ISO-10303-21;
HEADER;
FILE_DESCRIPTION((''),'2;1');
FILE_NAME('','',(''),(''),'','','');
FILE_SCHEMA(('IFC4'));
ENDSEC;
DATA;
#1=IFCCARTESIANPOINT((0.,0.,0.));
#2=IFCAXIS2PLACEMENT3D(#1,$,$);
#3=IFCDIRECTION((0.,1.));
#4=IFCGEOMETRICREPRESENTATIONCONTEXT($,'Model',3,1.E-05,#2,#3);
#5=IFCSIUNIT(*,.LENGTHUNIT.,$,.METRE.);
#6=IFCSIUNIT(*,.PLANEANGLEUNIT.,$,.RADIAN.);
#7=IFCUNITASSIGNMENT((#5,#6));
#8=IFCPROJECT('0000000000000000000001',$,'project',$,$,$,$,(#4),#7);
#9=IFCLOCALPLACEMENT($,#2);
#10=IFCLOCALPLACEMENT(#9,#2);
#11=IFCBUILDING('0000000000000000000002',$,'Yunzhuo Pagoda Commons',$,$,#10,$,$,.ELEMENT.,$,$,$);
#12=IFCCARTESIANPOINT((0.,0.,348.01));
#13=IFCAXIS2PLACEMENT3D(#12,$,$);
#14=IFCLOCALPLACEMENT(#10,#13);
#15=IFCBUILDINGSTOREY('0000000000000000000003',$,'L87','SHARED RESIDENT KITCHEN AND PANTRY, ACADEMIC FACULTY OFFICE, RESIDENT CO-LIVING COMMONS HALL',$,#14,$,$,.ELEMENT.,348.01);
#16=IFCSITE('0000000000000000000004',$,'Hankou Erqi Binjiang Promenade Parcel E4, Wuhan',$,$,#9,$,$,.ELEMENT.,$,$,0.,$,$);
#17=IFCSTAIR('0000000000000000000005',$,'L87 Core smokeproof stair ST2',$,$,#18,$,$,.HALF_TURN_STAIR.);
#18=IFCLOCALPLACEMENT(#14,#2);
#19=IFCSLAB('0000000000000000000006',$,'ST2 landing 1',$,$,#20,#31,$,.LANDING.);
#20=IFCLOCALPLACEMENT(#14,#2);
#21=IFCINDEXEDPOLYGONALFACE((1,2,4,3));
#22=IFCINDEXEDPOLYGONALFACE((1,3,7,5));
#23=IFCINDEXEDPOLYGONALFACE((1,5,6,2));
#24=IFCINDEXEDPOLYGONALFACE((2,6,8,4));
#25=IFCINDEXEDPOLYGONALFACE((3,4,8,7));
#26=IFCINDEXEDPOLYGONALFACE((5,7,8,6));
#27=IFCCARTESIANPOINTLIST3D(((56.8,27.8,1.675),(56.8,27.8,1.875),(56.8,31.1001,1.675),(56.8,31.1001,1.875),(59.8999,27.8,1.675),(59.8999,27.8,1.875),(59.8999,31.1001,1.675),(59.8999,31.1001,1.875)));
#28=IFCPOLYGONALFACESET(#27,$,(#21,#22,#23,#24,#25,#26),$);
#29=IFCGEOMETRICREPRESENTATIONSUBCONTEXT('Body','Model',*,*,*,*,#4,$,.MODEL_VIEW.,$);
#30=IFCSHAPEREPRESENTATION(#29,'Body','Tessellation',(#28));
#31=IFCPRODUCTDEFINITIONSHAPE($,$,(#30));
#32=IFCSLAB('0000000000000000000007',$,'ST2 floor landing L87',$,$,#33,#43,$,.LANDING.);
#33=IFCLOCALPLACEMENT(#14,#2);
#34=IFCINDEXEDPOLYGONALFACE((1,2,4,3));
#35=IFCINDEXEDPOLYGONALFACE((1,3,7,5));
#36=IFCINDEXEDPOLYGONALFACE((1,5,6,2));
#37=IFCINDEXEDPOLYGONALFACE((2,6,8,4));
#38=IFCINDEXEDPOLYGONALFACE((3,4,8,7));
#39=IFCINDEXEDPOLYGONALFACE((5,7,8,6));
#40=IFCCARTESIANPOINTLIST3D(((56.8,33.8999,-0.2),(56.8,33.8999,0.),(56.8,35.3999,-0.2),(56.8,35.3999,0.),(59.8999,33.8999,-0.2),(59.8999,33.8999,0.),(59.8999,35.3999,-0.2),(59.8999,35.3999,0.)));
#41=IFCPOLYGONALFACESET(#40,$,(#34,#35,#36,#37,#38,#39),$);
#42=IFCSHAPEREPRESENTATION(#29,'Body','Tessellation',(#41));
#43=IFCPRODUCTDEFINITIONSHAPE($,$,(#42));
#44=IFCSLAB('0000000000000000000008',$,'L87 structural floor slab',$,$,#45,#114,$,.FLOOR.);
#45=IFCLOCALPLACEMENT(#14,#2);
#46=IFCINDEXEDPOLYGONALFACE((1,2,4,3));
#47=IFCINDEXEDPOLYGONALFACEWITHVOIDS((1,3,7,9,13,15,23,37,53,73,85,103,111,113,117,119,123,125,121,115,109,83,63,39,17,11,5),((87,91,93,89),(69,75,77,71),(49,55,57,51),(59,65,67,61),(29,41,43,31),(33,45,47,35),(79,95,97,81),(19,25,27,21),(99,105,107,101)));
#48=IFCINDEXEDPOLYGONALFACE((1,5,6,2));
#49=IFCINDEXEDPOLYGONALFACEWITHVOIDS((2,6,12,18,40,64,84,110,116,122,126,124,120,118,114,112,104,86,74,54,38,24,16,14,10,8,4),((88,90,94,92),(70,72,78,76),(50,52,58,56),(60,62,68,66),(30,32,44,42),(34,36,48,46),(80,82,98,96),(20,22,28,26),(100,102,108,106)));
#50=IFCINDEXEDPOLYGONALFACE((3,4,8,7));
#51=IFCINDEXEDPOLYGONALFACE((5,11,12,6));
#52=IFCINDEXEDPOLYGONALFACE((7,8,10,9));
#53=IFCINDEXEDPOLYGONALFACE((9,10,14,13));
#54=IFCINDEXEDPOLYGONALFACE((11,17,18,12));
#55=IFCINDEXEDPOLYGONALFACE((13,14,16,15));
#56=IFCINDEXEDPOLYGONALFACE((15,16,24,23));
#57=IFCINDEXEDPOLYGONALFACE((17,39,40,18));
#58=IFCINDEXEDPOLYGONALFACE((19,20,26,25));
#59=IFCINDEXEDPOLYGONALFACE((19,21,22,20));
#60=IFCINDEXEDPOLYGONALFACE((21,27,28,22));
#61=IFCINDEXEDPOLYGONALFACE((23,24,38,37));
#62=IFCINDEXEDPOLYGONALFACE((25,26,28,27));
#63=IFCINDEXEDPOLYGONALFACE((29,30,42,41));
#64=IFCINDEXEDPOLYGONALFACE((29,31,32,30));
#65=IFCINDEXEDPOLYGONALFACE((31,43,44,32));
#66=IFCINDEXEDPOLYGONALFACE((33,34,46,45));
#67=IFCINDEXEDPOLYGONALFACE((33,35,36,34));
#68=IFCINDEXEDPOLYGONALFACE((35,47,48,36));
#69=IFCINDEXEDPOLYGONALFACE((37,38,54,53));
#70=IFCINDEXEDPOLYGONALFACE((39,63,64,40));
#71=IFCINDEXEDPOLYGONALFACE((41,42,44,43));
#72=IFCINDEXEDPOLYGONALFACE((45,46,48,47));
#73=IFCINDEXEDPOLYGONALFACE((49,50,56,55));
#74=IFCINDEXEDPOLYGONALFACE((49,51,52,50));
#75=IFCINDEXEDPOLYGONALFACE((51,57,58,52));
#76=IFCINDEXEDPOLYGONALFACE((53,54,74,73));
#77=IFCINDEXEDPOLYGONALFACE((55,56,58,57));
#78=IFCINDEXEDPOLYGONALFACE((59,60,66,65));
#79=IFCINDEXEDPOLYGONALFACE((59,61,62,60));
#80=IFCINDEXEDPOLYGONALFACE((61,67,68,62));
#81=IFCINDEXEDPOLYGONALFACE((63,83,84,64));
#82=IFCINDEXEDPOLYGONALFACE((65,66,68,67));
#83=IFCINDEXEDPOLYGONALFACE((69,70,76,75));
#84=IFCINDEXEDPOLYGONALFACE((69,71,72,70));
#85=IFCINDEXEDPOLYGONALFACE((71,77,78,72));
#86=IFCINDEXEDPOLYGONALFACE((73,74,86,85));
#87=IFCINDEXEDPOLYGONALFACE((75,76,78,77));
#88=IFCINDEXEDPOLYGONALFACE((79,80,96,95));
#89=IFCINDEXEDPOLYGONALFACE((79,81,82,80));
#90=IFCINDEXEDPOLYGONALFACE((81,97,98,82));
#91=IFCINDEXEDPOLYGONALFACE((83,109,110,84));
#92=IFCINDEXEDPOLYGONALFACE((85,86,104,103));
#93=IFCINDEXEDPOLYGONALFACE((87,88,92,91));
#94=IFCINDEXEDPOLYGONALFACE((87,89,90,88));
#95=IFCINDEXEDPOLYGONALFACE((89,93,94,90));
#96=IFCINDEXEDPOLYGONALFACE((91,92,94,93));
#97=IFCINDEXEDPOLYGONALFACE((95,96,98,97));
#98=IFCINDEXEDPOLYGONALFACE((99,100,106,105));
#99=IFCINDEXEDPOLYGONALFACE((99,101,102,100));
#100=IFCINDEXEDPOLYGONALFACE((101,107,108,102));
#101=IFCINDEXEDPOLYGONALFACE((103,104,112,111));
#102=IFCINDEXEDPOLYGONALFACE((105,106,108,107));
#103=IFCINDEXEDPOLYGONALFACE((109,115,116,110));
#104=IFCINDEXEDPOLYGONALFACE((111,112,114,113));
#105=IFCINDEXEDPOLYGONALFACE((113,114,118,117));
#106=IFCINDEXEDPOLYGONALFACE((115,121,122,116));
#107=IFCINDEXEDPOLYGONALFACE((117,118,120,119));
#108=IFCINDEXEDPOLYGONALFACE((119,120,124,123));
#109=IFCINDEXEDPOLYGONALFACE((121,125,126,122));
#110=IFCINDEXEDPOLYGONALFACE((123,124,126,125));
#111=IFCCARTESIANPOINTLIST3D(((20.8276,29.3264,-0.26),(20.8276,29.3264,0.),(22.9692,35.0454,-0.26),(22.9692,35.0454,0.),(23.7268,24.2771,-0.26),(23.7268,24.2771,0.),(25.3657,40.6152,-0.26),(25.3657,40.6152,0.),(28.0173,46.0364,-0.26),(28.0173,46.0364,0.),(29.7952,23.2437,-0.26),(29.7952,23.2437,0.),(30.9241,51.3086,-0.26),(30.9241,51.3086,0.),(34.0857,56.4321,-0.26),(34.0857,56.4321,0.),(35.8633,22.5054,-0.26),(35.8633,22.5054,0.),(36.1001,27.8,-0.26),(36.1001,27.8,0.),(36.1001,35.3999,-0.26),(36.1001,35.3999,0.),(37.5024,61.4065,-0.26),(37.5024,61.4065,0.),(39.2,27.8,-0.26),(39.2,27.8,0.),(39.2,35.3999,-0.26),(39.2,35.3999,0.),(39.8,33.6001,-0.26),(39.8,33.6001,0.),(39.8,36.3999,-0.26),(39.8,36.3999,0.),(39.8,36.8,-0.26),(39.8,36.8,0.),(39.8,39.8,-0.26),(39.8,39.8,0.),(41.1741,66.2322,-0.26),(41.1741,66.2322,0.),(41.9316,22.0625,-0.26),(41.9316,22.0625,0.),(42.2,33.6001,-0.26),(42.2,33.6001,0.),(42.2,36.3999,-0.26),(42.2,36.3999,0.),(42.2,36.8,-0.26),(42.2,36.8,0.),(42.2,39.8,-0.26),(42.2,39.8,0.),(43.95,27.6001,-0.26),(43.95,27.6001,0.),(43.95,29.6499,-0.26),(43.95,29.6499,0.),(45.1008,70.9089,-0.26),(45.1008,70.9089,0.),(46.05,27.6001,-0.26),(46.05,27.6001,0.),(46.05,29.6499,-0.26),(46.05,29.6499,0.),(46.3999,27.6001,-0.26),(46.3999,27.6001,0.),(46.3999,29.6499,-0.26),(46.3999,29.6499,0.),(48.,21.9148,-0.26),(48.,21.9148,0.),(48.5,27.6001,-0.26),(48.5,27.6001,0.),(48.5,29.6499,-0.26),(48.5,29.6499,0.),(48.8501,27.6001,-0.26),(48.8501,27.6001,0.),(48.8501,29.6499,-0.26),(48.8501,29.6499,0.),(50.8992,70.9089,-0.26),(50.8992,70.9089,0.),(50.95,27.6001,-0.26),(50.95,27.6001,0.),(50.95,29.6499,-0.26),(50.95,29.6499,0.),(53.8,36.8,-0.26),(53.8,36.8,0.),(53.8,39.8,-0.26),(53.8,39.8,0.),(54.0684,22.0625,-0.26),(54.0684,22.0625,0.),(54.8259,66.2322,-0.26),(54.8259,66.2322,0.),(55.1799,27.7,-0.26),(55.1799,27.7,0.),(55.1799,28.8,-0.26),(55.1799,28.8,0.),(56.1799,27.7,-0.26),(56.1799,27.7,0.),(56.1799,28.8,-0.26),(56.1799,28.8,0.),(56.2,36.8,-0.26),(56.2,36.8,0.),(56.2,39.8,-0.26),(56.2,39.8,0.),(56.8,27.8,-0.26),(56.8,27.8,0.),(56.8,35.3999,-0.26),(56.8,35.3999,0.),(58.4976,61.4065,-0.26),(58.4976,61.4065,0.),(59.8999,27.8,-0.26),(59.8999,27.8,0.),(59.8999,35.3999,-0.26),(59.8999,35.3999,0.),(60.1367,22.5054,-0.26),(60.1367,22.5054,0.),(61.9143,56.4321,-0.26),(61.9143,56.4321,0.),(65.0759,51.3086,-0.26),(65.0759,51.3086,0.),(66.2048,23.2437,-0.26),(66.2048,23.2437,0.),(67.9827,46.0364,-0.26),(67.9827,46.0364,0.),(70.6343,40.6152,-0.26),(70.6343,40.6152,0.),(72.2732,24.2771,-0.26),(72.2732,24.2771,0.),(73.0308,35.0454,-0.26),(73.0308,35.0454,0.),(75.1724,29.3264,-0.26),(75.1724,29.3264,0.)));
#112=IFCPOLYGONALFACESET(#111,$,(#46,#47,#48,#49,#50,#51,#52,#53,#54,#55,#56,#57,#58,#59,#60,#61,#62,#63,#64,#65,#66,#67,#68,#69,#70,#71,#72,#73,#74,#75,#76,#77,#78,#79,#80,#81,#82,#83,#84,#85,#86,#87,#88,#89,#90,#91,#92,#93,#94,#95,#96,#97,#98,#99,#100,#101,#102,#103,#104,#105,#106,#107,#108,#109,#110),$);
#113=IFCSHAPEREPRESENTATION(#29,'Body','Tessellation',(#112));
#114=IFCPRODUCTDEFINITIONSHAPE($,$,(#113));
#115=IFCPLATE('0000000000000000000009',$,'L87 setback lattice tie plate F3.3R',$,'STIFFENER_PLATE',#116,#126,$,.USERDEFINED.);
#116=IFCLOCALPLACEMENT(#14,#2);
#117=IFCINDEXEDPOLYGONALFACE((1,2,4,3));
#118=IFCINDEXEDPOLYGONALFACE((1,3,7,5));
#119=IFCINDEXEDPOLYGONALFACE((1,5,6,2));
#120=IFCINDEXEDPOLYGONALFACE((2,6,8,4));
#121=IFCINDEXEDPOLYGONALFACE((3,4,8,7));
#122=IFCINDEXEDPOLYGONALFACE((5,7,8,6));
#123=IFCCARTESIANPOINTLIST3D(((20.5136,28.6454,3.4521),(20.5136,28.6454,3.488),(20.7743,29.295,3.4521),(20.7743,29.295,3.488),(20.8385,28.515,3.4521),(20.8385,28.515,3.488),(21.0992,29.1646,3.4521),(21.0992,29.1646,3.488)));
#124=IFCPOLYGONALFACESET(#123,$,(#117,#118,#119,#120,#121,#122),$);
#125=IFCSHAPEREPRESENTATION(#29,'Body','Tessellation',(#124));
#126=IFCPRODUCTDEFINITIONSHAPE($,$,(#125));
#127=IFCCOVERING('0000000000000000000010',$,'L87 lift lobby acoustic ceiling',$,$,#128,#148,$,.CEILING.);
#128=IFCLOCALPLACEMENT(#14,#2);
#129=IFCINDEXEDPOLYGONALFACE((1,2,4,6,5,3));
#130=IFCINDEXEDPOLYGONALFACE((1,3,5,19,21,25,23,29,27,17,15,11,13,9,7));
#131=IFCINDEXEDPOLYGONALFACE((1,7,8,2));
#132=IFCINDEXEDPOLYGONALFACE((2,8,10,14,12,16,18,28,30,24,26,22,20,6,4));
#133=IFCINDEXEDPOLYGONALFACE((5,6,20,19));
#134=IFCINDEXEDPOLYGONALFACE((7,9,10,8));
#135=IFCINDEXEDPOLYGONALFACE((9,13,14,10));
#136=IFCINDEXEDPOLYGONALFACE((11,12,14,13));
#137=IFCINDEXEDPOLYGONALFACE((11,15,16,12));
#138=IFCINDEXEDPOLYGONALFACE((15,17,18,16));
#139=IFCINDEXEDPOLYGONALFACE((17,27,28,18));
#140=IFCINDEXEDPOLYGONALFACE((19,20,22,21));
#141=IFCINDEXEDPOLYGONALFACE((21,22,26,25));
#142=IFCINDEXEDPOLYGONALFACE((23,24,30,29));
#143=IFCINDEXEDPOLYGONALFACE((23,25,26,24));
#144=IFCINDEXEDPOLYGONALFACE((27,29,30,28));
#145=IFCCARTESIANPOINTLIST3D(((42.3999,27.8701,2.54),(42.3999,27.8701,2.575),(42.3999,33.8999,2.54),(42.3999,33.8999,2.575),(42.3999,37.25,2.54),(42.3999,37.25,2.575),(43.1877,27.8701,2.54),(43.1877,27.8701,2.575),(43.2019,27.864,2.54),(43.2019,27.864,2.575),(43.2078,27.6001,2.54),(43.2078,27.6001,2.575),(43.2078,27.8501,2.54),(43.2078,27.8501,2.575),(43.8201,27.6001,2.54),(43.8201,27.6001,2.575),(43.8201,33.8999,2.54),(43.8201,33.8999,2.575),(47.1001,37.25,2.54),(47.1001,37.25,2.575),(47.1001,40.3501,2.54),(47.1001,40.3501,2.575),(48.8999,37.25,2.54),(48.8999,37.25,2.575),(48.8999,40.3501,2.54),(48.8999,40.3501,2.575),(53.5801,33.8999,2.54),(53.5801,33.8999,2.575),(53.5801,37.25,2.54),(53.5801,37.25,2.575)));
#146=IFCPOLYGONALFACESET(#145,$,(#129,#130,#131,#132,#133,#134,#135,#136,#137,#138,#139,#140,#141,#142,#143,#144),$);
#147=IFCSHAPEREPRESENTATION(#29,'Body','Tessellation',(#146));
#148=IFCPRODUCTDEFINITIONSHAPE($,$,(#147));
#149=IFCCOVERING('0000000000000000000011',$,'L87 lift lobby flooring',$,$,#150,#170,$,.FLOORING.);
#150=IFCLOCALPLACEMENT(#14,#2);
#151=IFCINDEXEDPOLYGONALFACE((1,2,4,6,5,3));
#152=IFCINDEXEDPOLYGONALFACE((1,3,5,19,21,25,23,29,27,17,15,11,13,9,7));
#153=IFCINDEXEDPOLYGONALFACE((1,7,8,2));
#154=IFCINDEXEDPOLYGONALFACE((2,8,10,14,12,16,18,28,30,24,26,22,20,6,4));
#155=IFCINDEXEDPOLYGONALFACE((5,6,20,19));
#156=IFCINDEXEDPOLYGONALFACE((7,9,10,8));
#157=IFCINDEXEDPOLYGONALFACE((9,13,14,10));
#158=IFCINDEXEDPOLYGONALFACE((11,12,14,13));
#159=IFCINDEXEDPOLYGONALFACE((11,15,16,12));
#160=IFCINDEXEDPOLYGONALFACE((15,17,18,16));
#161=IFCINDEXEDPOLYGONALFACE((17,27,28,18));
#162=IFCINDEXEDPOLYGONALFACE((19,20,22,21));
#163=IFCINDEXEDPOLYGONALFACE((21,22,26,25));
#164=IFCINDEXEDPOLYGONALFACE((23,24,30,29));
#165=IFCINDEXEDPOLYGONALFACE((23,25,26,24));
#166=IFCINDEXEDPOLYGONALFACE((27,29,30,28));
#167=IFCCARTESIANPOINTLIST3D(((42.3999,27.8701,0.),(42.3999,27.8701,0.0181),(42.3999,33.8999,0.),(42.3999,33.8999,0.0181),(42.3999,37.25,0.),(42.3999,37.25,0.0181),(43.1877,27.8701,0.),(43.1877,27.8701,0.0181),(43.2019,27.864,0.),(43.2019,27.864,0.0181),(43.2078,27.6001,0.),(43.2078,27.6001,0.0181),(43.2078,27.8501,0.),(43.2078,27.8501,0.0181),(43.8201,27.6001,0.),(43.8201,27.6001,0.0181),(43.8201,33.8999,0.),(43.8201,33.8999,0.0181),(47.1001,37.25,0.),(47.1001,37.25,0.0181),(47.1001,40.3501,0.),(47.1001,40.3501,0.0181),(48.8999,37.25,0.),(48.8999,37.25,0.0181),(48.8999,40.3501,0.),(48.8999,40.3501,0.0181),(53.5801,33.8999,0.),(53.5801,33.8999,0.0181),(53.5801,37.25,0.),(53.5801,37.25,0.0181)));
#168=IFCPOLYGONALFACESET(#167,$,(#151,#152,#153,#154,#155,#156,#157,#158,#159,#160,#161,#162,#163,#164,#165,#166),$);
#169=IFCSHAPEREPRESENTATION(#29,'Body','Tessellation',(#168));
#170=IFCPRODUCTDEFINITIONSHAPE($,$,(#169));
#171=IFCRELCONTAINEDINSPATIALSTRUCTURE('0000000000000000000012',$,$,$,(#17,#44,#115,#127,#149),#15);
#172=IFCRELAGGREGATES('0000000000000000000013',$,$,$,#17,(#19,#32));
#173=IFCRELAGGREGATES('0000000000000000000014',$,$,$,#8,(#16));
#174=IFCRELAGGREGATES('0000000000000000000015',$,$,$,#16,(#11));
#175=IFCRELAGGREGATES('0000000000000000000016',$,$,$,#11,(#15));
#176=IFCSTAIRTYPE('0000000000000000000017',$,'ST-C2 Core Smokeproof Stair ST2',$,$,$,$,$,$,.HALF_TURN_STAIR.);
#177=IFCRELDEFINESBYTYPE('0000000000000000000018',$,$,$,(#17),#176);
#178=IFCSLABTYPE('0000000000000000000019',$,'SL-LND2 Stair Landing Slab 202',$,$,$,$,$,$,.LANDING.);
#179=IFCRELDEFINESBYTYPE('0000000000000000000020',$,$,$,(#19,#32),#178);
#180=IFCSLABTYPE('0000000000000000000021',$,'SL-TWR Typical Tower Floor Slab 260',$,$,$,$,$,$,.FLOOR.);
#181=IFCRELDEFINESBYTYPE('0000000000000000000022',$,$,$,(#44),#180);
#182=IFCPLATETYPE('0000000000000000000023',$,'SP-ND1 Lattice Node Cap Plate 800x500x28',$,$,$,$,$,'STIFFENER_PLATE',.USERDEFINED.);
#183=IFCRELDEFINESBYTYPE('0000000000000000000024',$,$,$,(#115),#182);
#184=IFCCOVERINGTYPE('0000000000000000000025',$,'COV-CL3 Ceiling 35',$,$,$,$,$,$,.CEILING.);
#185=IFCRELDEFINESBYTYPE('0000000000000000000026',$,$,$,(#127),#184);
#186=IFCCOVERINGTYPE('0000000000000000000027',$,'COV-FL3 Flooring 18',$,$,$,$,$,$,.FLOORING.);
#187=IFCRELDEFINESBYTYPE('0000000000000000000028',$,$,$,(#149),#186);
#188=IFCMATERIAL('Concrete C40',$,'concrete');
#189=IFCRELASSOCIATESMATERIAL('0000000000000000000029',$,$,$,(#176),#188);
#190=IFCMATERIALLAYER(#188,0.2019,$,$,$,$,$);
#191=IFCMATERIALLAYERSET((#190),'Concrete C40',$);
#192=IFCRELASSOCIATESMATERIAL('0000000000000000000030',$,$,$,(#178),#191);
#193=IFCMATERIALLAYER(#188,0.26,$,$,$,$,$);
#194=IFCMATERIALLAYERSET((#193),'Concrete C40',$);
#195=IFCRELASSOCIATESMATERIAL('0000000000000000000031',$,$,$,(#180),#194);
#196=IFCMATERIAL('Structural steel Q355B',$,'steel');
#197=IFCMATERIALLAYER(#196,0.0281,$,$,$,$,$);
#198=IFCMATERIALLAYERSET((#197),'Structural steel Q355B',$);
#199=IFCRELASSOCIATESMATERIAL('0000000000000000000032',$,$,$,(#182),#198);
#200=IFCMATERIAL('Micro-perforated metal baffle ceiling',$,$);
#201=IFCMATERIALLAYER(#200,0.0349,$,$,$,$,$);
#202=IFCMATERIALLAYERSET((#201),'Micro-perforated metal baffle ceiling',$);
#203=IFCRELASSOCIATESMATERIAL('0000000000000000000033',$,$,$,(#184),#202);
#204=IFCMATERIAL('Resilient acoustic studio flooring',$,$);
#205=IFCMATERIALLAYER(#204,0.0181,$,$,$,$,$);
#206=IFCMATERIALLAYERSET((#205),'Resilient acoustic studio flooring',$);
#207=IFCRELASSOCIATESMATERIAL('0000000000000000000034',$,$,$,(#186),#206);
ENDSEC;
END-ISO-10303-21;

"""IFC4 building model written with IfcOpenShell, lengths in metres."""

from ifc_helpers import new_model, si_unit, direction, frame, origin, origin_2d, place, context, subcontext, project, spatial, polyline, rectangle, outline, extrude, source, transform, mapped, material, layer, layer_set, type_object, element, aggregate, save


model = new_model("IFC4")

# Units and contexts
model_context = context("Model", 3, precision=1e-05, world=origin(), true_north=direction((0.0, 1.0)))
body_context = subcontext(model_context, "Body", "Model", "MODEL_VIEW")
ifc_project = project(units=[si_unit("LENGTHUNIT", "METRE"), si_unit("PLANEANGLEUNIT", "RADIAN")], contexts=[model_context])

# Site, building, storey
site_placement = place(None, origin())
site = spatial("IfcSite", under=ifc_project, at=site_placement, Name="Hankou Erqi Binjiang Promenade Parcel E4, Wuhan", CompositionType="ELEMENT", RefElevation=0.0)
building_placement = place(site_placement, origin())
building = spatial("IfcBuilding", under=site, at=building_placement, Name="Yunzhuo Pagoda Commons", CompositionType="ELEMENT")
storey_placement = place(building_placement, frame((0.0, 0.0, 348.01)))
storey = spatial("IfcBuildingStorey", under=building, at=storey_placement, Name="L87", Description="SHARED RESIDENT KITCHEN AND PANTRY, ACADEMIC FACULTY OFFICE, RESIDENT CO-LIVING COMMONS HALL", CompositionType="ELEMENT", Elevation=348.01)

# Shared definitions
ifc_material_1 = material(Name="Concrete C40", Category="concrete")

# Stair, slabs
stair_type_1 = type_object("IfcStairType", Name="ST-C2 Core Smokeproof Stair ST2", PredefinedType="HALF_TURN_STAIR", material=ifc_material_1)
stair_1_placement = place(storey_placement, origin())
stair_1 = element("IfcStair", 1, at=stair_1_placement, inside=storey, type_object=stair_type_1, Name="L87 Core smokeproof stair ST2", PredefinedType="HALF_TURN_STAIR")
ifc_layer_1 = layer(ifc_material_1, 0.2019)
ifc_layer_set_1 = layer_set([ifc_layer_1], Name="Concrete C40")
slab_type_1 = type_object("IfcSlabType", Name="SL-LND2 Stair Landing Slab 202", PredefinedType="LANDING", material=ifc_layer_set_1)
slab_1_placement = place(storey_placement, frame((0.0, 0.0, 1.675)))
slab_1 = element("IfcSlab", 2, at=slab_1_placement, type_object=slab_type_1, Name="ST2 landing 1", PredefinedType="LANDING", context=body_context, shape_type="SweptSolid", body=[
    extrude(outline(polyline([(56.8, 31.1001), (56.8, 27.8), (59.8999, 27.8), (59.8999, 31.1001), (56.8, 31.1001)])), origin(), (0.0, 0.0, 1.0), 0.2),
])
slab_2_placement = place(storey_placement, frame((0.0, 0.0, -0.2)))
slab_2 = element("IfcSlab", 3, at=slab_2_placement, type_object=slab_type_1, Name="ST2 floor landing L87", PredefinedType="LANDING", context=body_context, shape_type="SweptSolid", body=[
    extrude(outline(polyline([(56.8, 35.3999), (56.8, 33.8999), (59.8999, 33.8999), (59.8999, 35.3999), (56.8, 35.3999)])), origin(), (0.0, 0.0, 1.0), 0.2),
])
aggregate(stair_1, [slab_1, slab_2])

# Slab
ifc_layer_2 = layer(ifc_material_1, 0.26)
ifc_layer_set_2 = layer_set([ifc_layer_2], Name="Concrete C40")
slab_type_2 = type_object("IfcSlabType", Name="SL-TWR Typical Tower Floor Slab 260", PredefinedType="FLOOR", material=ifc_layer_set_2)
slab_3_placement = place(storey_placement, frame((0.0, 0.0, -0.26)))
element("IfcSlab", 4, at=slab_3_placement, inside=storey, type_object=slab_type_2, Name="L87 structural floor slab", PredefinedType="FLOOR", context=body_context, shape_type="SweptSolid", body=[
    extrude(outline(polyline([(22.9692, 35.0454), (25.3657, 40.6152), (28.0173, 46.0364), (30.9241, 51.3086), (34.0857, 56.4321), (37.5024, 61.4065), (41.1741, 66.2322), (45.1008, 70.9089), (50.8992, 70.9089), (54.8259, 66.2322), (58.4976, 61.4065), (61.9143, 56.4321), (65.0759, 51.3086), (67.9827, 46.0364), (70.6343, 40.6152), (73.0308, 35.0454), (75.1724, 29.3264), (72.2732, 24.2771), (66.2048, 23.2437), (60.1367, 22.5054), (54.0684, 22.0625), (48.0, 21.9148), (41.9316, 22.0625), (35.8633, 22.5054), (29.7952, 23.2437), (23.7268, 24.2771), (20.8276, 29.3264), (22.9692, 35.0454)]), holes=[polyline([(56.1799, 28.8), (55.1799, 28.8), (55.1799, 27.7), (56.1799, 27.7), (56.1799, 28.8)]), polyline([(46.05, 29.6499), (43.95, 29.6499), (43.95, 27.6001), (46.05, 27.6001), (46.05, 29.6499)]), polyline([(48.5, 29.6499), (46.3999, 29.6499), (46.3999, 27.6001), (48.5, 27.6001), (48.5, 29.6499)]), polyline([(50.95, 29.6499), (48.8501, 29.6499), (48.8501, 27.6001), (50.95, 27.6001), (50.95, 29.6499)]), polyline([(39.2, 27.8), (39.2, 35.3999), (36.1001, 35.3999), (36.1001, 27.8), (39.2, 27.8)]), polyline([(59.8999, 27.8), (59.8999, 35.3999), (56.8, 35.3999), (56.8, 27.8), (59.8999, 27.8)]), polyline([(42.2, 36.3999), (39.8, 36.3999), (39.8, 33.6001), (42.2, 33.6001), (42.2, 36.3999)]), polyline([(42.2, 36.8), (42.2, 39.8), (39.8, 39.8), (39.8, 36.8), (42.2, 36.8)]), polyline([(56.2, 36.8), (56.2, 39.8), (53.8, 39.8), (53.8, 36.8), (56.2, 36.8)])]), origin(), (0.0, 0.0, 1.0), 0.26),
])

# Plate
ifc_material_2 = material(Name="Structural steel Q355B", Category="steel")
ifc_layer_3 = layer(ifc_material_2, 0.0281)
ifc_layer_set_3 = layer_set([ifc_layer_3], Name="Structural steel Q355B")
plate_type_1 = type_object("IfcPlateType", Name="SP-ND1 Lattice Node Cap Plate 800x500x28", ElementType="STIFFENER_PLATE", PredefinedType="USERDEFINED", material=ifc_layer_set_3)
shared_shape_1 = source(origin(), body_context, "Body", "SweptSolid", [
    extrude(rectangle(XDim=0.7, YDim=0.3501, at=origin_2d()), origin(), (0.0, 0.0, 1.0), 0.0359),
])
plate_1_placement = place(storey_placement, frame((20.8064, 28.905, 3.4521), z_axis=(0.0, 0.0, 1.0), x_axis=(-0.372486, -0.928038, 0.0)))
element("IfcPlate", 5, at=plate_1_placement, inside=storey, type_object=plate_type_1, Name="L87 setback lattice tie plate F3.3R", ObjectType="STIFFENER_PLATE", PredefinedType="USERDEFINED", context=body_context, shape_type="MappedRepresentation", body=[
    mapped(shared_shape_1, transform((0.0, 0.0, 0.0), scale=1.0)),
])

# Coverings
ifc_material_3 = material(Name="Micro-perforated metal baffle ceiling")
ifc_layer_4 = layer(ifc_material_3, 0.0349)
ifc_layer_set_4 = layer_set([ifc_layer_4], Name="Micro-perforated metal baffle ceiling")
covering_type_1 = type_object("IfcCoveringType", Name="COV-CL3 Ceiling 35", PredefinedType="CEILING", material=ifc_layer_set_4)
covering_1_placement = place(storey_placement, frame((0.0, 0.0, 2.54)))
element("IfcCovering", 6, at=covering_1_placement, inside=storey, type_object=covering_type_1, Name="L87 lift lobby acoustic ceiling", PredefinedType="CEILING", context=body_context, shape_type="SweptSolid", body=[
    extrude(outline(polyline([(43.2078, 27.8501), (43.2019, 27.864), (43.1877, 27.8701), (42.3999, 27.8701), (42.3999, 33.8999), (42.3999, 37.25), (47.1001, 37.25), (47.1001, 40.3501), (48.8999, 40.3501), (48.8999, 37.25), (53.5801, 37.25), (53.5801, 33.8999), (43.8201, 33.8999), (43.8201, 27.6001), (43.2078, 27.6001), (43.2078, 27.8501)])), origin(), (0.0, 0.0, 1.0), 0.0349),
])
ifc_material_4 = material(Name="Resilient acoustic studio flooring")
ifc_layer_5 = layer(ifc_material_4, 0.0181)
ifc_layer_set_5 = layer_set([ifc_layer_5], Name="Resilient acoustic studio flooring")
covering_type_2 = type_object("IfcCoveringType", Name="COV-FL3 Flooring 18", PredefinedType="FLOORING", material=ifc_layer_set_5)
covering_2_placement = place(storey_placement, origin())
element("IfcCovering", 7, at=covering_2_placement, inside=storey, type_object=covering_type_2, Name="L87 lift lobby flooring", PredefinedType="FLOORING", context=body_context, shape_type="SweptSolid", body=[
    extrude(outline(polyline([(43.2078, 27.8501), (43.2019, 27.864), (43.1877, 27.8701), (42.3999, 27.8701), (42.3999, 33.8999), (42.3999, 37.25), (47.1001, 37.25), (47.1001, 40.3501), (48.8999, 40.3501), (48.8999, 37.25), (53.5801, 37.25), (53.5801, 33.8999), (43.8201, 33.8999), (43.8201, 27.6001), (43.2078, 27.6001), (43.2078, 27.8501)])), origin(), (0.0, 0.0, 1.0), 0.0181),
])

save(model, "model.ifc")
